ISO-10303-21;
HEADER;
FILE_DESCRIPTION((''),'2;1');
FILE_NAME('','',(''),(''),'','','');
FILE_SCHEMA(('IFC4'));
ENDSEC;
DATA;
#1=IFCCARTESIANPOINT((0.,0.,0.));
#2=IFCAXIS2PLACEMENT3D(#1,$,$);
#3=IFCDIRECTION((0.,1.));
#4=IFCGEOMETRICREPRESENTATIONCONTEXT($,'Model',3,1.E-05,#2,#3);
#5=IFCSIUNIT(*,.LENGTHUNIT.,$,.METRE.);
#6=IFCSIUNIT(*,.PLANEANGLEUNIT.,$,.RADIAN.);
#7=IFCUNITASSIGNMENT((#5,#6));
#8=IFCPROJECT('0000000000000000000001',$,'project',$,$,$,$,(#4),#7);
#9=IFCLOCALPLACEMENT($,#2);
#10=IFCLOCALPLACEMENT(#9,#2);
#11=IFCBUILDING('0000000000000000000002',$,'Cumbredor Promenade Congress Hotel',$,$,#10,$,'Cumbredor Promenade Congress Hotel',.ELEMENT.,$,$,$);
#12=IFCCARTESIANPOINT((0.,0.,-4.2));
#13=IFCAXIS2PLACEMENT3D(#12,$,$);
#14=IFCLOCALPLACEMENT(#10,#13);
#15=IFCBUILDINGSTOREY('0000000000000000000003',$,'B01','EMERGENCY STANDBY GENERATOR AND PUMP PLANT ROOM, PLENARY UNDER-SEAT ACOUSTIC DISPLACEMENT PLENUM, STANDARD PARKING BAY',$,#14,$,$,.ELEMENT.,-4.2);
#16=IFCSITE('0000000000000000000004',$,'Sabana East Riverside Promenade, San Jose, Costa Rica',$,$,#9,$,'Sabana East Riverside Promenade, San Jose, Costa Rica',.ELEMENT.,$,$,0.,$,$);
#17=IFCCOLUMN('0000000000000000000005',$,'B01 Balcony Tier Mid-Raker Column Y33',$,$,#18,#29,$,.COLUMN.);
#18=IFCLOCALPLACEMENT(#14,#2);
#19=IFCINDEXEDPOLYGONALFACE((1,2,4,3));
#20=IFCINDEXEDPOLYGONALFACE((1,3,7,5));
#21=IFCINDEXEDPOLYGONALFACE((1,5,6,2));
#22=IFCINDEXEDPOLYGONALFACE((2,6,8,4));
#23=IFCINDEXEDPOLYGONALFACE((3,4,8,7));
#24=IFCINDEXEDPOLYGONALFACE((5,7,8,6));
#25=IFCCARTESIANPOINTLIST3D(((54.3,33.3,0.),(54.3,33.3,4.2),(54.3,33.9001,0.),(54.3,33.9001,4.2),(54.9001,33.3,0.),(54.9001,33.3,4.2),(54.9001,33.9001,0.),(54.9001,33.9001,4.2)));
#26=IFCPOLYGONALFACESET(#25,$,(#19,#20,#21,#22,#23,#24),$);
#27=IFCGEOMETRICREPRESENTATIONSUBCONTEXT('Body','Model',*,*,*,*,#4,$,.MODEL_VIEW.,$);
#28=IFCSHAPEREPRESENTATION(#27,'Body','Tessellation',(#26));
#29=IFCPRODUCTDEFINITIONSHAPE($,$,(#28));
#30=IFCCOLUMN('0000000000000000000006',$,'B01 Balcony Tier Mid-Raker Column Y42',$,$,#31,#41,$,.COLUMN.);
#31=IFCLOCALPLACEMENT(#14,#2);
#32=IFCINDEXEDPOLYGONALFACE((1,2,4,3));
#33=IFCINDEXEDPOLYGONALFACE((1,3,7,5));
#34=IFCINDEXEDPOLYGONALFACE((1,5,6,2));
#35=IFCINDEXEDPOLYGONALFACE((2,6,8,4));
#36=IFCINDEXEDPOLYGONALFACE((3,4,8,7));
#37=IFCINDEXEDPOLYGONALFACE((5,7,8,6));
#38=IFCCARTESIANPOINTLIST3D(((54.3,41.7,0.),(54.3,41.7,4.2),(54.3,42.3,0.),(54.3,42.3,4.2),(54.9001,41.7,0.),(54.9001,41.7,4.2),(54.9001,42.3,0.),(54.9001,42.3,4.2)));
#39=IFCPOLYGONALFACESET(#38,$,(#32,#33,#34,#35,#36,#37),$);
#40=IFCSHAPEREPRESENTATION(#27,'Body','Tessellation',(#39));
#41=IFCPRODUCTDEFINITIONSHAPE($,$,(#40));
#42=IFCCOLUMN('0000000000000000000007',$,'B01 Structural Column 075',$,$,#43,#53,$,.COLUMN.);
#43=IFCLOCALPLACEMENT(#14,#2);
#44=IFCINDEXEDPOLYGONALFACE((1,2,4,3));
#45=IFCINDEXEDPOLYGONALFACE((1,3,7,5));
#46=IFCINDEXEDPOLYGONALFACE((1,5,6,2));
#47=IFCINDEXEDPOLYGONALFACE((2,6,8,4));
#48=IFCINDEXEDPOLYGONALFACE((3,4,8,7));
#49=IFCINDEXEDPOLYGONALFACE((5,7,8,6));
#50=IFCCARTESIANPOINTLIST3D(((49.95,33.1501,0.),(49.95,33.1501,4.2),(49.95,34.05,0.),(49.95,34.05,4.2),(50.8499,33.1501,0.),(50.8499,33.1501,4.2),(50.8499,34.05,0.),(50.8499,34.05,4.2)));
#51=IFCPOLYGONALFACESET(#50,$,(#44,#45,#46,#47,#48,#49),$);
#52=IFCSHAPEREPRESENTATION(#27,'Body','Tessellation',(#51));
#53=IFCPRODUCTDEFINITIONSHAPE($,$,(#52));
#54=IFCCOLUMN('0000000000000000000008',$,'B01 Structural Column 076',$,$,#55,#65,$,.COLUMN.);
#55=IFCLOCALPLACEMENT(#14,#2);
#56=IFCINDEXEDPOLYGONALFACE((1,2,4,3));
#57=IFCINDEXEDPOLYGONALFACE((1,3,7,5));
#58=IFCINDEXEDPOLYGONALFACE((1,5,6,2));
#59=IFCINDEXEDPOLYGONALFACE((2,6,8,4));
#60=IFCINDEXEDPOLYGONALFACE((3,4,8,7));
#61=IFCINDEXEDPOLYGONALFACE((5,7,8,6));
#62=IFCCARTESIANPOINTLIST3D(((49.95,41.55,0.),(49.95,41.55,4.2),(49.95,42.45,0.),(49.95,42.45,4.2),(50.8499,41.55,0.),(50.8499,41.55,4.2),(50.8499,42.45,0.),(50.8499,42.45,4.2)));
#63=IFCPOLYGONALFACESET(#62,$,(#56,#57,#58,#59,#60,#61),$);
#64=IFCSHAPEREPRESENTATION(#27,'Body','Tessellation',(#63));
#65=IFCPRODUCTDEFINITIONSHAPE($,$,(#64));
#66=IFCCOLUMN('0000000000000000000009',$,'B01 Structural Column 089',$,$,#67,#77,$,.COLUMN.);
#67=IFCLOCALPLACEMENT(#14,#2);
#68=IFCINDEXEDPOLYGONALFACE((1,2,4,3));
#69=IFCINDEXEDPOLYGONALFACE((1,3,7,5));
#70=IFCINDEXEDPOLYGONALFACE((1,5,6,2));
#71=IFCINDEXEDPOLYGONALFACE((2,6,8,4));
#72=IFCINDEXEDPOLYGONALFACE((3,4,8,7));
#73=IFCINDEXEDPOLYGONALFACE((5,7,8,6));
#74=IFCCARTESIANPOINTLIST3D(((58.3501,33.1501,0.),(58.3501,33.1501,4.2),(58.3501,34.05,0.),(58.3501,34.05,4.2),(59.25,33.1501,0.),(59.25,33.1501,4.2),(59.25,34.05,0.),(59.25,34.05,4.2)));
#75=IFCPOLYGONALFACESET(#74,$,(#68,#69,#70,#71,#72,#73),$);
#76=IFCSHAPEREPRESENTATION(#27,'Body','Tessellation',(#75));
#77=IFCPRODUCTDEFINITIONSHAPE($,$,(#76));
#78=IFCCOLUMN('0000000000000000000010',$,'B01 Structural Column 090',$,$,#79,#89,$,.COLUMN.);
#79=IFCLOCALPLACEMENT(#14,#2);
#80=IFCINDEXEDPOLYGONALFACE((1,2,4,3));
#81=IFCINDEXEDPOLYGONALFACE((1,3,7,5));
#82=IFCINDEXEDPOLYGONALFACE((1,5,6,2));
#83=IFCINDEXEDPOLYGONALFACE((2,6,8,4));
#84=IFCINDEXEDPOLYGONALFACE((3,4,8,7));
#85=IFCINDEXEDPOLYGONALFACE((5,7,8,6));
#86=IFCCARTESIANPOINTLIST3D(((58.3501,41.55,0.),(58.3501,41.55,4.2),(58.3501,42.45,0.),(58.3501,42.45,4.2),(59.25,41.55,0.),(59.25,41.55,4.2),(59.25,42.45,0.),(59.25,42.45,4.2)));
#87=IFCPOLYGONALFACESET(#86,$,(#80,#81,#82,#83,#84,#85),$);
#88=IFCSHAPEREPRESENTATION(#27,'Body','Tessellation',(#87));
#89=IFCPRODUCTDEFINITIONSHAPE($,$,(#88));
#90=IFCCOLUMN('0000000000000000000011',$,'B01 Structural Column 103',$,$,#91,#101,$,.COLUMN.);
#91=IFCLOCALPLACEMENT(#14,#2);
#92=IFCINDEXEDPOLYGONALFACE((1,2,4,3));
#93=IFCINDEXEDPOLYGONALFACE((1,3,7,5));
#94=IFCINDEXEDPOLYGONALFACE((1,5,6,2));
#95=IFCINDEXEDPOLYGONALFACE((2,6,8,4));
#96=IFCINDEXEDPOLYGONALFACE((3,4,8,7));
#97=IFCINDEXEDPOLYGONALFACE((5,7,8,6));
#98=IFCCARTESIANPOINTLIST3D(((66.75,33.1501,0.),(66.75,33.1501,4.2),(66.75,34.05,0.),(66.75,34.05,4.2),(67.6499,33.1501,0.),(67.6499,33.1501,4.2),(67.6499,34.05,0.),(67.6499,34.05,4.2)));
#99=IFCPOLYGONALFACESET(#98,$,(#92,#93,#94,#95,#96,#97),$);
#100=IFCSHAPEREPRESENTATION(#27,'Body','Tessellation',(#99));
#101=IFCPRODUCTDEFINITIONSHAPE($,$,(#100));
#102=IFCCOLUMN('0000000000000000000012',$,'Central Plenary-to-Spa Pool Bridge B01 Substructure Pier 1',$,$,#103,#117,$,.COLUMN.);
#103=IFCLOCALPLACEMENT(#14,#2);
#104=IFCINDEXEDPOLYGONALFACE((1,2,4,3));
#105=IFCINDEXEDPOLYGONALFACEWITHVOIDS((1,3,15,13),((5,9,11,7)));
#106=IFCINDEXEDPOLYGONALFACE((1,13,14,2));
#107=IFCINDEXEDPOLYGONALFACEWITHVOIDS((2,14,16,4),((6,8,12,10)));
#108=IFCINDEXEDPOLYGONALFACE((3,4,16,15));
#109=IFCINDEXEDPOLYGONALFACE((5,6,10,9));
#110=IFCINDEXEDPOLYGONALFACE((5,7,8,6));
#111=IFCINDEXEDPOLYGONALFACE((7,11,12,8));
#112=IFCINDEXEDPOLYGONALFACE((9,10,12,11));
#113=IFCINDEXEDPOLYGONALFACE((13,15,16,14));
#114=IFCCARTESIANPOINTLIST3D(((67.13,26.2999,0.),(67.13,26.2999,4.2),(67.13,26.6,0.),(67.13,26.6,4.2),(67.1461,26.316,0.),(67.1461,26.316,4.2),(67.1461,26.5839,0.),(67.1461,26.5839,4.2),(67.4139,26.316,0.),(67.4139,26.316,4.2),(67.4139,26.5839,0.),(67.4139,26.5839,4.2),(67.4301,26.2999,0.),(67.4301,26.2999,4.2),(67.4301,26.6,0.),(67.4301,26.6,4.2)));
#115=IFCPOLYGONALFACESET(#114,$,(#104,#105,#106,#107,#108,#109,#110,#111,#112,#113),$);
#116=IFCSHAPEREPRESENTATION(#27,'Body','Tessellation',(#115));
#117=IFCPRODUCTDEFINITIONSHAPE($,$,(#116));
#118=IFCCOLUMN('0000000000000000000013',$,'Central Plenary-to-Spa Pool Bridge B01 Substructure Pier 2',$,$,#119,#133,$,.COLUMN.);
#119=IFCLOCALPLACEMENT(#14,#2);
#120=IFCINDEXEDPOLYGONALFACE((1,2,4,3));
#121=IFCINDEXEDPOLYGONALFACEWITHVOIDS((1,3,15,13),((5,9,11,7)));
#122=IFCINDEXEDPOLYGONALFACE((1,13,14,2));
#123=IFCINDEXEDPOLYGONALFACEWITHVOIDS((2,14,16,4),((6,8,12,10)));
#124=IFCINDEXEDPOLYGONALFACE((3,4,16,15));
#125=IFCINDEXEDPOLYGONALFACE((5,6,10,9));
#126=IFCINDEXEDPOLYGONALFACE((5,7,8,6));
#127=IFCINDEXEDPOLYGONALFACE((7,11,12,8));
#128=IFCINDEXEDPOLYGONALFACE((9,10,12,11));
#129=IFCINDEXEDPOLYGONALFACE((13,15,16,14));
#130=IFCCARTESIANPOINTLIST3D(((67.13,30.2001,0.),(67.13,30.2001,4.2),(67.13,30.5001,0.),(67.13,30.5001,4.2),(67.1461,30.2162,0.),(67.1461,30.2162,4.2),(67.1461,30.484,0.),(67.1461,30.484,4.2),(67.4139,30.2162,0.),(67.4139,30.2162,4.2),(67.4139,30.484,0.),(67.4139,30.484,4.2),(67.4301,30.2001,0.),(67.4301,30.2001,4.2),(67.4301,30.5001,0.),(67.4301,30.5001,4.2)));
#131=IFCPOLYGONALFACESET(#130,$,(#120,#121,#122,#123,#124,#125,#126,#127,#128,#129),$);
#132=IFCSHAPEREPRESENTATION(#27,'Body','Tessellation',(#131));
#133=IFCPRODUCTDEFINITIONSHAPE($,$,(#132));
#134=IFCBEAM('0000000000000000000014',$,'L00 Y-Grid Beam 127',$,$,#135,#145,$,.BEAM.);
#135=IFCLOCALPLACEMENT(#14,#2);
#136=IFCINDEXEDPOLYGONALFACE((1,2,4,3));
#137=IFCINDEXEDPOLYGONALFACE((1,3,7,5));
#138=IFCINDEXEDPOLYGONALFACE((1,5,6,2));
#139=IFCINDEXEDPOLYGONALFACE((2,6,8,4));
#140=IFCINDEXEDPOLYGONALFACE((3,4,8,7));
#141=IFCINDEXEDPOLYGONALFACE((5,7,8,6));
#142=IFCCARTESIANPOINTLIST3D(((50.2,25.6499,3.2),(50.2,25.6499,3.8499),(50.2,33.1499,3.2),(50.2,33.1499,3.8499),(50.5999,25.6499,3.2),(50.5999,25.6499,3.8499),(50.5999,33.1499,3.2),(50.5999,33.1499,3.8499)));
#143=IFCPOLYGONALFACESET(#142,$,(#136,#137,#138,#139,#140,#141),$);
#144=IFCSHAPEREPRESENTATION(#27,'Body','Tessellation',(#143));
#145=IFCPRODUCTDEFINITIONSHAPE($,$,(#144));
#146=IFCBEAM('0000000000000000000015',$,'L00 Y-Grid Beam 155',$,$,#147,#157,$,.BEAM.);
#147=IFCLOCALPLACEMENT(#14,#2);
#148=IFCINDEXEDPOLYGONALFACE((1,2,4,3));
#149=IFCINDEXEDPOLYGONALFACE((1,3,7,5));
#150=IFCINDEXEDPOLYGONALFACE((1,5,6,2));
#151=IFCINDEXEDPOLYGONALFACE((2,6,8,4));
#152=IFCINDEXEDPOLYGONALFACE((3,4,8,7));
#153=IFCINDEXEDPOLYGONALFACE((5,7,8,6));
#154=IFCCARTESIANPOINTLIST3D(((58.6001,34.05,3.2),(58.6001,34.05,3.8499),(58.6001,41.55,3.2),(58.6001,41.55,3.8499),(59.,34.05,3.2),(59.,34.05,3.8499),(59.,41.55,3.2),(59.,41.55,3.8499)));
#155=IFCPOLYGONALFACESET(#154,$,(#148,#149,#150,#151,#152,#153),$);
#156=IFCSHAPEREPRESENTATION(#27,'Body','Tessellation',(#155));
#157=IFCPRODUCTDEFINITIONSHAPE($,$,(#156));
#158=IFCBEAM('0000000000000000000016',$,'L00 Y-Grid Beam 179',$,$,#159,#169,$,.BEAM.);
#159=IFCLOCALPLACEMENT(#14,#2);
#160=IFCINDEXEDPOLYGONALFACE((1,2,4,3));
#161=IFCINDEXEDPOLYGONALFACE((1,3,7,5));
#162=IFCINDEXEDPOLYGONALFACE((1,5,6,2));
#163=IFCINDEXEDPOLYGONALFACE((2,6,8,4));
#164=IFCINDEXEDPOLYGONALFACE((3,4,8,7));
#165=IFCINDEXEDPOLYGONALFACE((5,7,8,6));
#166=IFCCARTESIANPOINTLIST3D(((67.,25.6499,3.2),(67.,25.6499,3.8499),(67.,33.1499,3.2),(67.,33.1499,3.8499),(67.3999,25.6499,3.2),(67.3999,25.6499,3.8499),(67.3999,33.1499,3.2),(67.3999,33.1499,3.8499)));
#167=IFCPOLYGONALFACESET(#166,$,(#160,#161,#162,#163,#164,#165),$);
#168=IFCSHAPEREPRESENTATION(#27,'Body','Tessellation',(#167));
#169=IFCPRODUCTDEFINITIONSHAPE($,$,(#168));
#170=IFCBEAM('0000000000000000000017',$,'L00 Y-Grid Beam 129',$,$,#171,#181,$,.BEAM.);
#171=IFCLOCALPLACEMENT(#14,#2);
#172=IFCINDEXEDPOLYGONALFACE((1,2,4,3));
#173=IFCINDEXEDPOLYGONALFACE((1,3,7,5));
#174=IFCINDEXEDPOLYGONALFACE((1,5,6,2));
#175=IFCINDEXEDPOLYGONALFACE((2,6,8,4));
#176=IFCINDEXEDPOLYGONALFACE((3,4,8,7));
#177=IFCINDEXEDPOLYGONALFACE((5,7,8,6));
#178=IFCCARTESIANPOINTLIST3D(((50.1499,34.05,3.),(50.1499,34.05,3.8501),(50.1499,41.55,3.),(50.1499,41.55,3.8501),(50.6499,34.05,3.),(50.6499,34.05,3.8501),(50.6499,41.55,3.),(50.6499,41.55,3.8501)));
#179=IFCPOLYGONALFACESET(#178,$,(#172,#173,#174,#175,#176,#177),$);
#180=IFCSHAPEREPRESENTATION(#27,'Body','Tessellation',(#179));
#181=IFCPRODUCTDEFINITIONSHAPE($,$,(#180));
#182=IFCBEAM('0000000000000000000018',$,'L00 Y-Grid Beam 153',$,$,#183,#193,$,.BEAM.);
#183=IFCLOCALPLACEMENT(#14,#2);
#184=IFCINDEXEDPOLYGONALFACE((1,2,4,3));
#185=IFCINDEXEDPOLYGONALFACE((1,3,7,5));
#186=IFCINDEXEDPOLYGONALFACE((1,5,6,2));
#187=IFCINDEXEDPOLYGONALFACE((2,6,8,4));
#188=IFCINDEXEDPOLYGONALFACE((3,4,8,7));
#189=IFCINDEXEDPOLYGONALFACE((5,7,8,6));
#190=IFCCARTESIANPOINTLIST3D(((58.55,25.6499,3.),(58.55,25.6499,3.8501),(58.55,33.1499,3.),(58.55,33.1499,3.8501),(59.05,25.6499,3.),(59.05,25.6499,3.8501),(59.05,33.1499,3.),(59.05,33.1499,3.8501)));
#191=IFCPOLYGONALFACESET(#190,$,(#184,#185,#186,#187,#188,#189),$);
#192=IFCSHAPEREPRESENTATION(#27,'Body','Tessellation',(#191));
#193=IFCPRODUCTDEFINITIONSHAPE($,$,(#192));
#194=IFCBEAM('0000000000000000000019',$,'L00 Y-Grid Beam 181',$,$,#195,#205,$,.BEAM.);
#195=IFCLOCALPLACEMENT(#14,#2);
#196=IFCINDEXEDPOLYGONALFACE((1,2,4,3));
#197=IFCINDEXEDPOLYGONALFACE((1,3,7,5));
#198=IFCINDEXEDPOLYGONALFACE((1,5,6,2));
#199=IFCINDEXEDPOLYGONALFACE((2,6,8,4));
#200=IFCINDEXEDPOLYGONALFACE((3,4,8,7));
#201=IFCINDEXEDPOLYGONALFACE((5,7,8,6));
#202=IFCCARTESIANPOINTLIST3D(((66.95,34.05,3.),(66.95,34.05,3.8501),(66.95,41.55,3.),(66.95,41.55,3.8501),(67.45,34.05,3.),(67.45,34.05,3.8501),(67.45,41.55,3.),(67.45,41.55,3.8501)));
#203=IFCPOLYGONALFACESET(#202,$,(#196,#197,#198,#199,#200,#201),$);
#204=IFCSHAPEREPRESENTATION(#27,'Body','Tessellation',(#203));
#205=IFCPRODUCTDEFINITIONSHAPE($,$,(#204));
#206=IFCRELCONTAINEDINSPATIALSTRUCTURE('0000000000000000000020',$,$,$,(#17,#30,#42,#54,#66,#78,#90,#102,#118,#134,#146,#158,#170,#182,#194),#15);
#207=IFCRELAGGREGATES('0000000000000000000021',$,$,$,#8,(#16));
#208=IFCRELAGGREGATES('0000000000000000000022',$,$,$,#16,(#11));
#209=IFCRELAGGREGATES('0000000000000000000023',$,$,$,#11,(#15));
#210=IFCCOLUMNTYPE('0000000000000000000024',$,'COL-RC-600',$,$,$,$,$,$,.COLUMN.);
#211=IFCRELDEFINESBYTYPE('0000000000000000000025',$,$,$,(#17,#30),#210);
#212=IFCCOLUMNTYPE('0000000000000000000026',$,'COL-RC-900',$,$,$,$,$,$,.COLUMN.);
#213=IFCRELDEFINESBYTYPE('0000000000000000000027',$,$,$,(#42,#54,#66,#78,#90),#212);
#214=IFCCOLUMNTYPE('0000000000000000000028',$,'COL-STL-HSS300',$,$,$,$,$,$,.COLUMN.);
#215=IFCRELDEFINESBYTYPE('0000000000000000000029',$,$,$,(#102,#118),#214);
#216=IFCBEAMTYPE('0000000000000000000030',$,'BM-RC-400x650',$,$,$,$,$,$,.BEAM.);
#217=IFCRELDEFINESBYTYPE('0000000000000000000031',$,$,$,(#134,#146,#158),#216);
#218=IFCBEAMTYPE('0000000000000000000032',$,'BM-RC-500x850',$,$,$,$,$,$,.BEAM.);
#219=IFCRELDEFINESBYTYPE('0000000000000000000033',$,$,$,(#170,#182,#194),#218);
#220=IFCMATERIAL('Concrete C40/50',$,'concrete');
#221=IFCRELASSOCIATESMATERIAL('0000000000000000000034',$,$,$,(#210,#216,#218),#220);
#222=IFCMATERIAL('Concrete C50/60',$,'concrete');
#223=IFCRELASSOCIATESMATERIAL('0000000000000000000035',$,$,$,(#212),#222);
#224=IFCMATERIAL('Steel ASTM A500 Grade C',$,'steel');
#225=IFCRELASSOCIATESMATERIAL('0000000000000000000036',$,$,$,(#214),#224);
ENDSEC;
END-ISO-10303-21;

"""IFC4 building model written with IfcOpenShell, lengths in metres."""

from ifc_helpers import new_model, si_unit, direction, frame, origin, origin_2d, place, context, subcontext, project, spatial, rectangle, hollow_rectangle, extrude, material, material_profile, profile_set, type_object, element, save


model = new_model("IFC4")

# Units and contexts
model_context = context("Model", 3, precision=1e-05, world=origin(), true_north=direction((0.0, 1.0)))
body_context = subcontext(model_context, "Body", "Model", "MODEL_VIEW")
ifc_project = project(units=[si_unit("LENGTHUNIT", "METRE"), si_unit("PLANEANGLEUNIT", "RADIAN")], contexts=[model_context])

# Site, building, storey
site_placement = place(None, origin())
site = spatial("IfcSite", under=ifc_project, at=site_placement, Name="Sabana East Riverside Promenade, San Jose, Costa Rica", LongName="Sabana East Riverside Promenade, San Jose, Costa Rica", CompositionType="ELEMENT", RefElevation=0.0)
building_placement = place(site_placement, origin())
building = spatial("IfcBuilding", under=site, at=building_placement, Name="Cumbredor Promenade Congress Hotel", LongName="Cumbredor Promenade Congress Hotel", CompositionType="ELEMENT")
storey_placement = place(building_placement, frame((0.0, 0.0, -4.2)))
storey = spatial("IfcBuildingStorey", under=building, at=storey_placement, Name="B01", Description="EMERGENCY STANDBY GENERATOR AND PUMP PLANT ROOM, PLENARY UNDER-SEAT ACOUSTIC DISPLACEMENT PLENUM, STANDARD PARKING BAY", CompositionType="ELEMENT", Elevation=-4.2)

# Columns
ifc_material_1 = material(Name="Concrete C40/50", Category="concrete")
ifc_material_profile_1 = material_profile(ifc_material_1, rectangle(XDim=0.6001, YDim=0.6001, at=origin_2d()), Name="RC 600x600")
ifc_profile_set_1 = profile_set([ifc_material_profile_1], Name="Concrete C40/50")
column_type_1 = type_object("IfcColumnType", Name="COL-RC-600", PredefinedType="COLUMN", material=ifc_profile_set_1)
for number, where, z_axis, x_axis, name in (
    (1, (54.6001, 33.6001, 0.0), (0.0, 0.0, 1.0), (1.0, 0.0, 0.0), "B01 Balcony Tier Mid-Raker Column Y33"),
    (2, (54.6001, 42.0, 0.0), (0.0, 0.0, 1.0), (1.0, 0.0, 0.0), "B01 Balcony Tier Mid-Raker Column Y42"),
):
    element("IfcColumn", number, at=place(storey_placement, frame(where, z_axis=z_axis, x_axis=x_axis)), inside=storey, type_object=column_type_1, Name=name, PredefinedType="COLUMN", context=body_context, shape_type="SweptSolid", body=[
        extrude(rectangle(XDim=0.6001, YDim=0.6001, at=origin_2d()), origin(), (0.0, 0.0, 1.0), 4.2),
    ])
ifc_material_2 = material(Name="Concrete C50/60", Category="concrete")
ifc_material_profile_2 = material_profile(ifc_material_2, rectangle(XDim=0.8999, YDim=0.8999, at=origin_2d()), Name="RC 900x900")
ifc_profile_set_2 = profile_set([ifc_material_profile_2], Name="Concrete C50/60")
column_type_2 = type_object("IfcColumnType", Name="COL-RC-900", PredefinedType="COLUMN", material=ifc_profile_set_2)
for number, where, z_axis, x_axis, name in (
    (3, (50.3999, 33.6001, 0.0), (0.0, 0.0, 1.0), (1.0, 0.0, 0.0), "B01 Structural Column 075"),
    (4, (50.3999, 42.0, 0.0), (0.0, 0.0, 1.0), (1.0, 0.0, 0.0), "B01 Structural Column 076"),
    (5, (58.8, 33.6001, 0.0), (0.0, 0.0, 1.0), (1.0, 0.0, 0.0), "B01 Structural Column 089"),
    (6, (58.8, 42.0, 0.0), (0.0, 0.0, 1.0), (1.0, 0.0, 0.0), "B01 Structural Column 090"),
    (7, (67.2, 33.6001, 0.0), (0.0, 0.0, 1.0), (1.0, 0.0, 0.0), "B01 Structural Column 103"),
):
    element("IfcColumn", number, at=place(storey_placement, frame(where, z_axis=z_axis, x_axis=x_axis)), inside=storey, type_object=column_type_2, Name=name, PredefinedType="COLUMN", context=body_context, shape_type="SweptSolid", body=[
        extrude(rectangle(XDim=0.8999, YDim=0.8999, at=origin_2d()), origin(), (0.0, 0.0, 1.0), 4.2),
    ])
ifc_material_3 = material(Name="Steel ASTM A500 Grade C", Category="steel")
ifc_material_profile_3 = material_profile(ifc_material_3, hollow_rectangle(XDim=0.3, YDim=0.3, WallThickness=0.0161, at=origin_2d()), Name="HSS 300x300x16")
ifc_profile_set_3 = profile_set([ifc_material_profile_3], Name="Steel ASTM A500 Grade C")
column_type_3 = type_object("IfcColumnType", Name="COL-STL-HSS300", PredefinedType="COLUMN", material=ifc_profile_set_3)
for number, where, z_axis, x_axis, name in (
    (8, (67.28, 26.45, 0.0), (0.0, 0.0, 1.0), (1.0, 0.0, 0.0), "Central Plenary-to-Spa Pool Bridge B01 Substructure Pier 1"),
    (9, (67.28, 30.3501, 0.0), (0.0, 0.0, 1.0), (1.0, 0.0, 0.0), "Central Plenary-to-Spa Pool Bridge B01 Substructure Pier 2"),
):
    element("IfcColumn", number, at=place(storey_placement, frame(where, z_axis=z_axis, x_axis=x_axis)), inside=storey, type_object=column_type_3, Name=name, PredefinedType="COLUMN", context=body_context, shape_type="SweptSolid", body=[
        extrude(hollow_rectangle(XDim=0.3, YDim=0.3, WallThickness=0.0161, at=origin_2d()), origin(), (0.0, 0.0, 1.0), 4.2),
    ])

# Beams
ifc_material_profile_4 = material_profile(ifc_material_1, rectangle(XDim=0.3999, YDim=0.6499, at=origin_2d()), Name="RC BEAM 400x650")
ifc_profile_set_4 = profile_set([ifc_material_profile_4], Name="Concrete C40/50")
beam_type_1 = type_object("IfcBeamType", Name="BM-RC-400x650", PredefinedType="BEAM", material=ifc_profile_set_4)
for number, where, z_axis, x_axis, name in (
    (10, (50.3999, 25.6499, 3.5249), (0.0, 1.0, 0.0), (-1.0, 0.0, 0.0), "L00 Y-Grid Beam 127"),
    (11, (58.8, 34.05, 3.5249), (0.0, 1.0, 0.0), (-1.0, 0.0, 0.0), "L00 Y-Grid Beam 155"),
    (12, (67.2, 25.6499, 3.5249), (0.0, 1.0, 0.0), (-1.0, 0.0, 0.0), "L00 Y-Grid Beam 179"),
):
    element("IfcBeam", number, at=place(storey_placement, frame(where, z_axis=z_axis, x_axis=x_axis)), inside=storey, type_object=beam_type_1, Name=name, PredefinedType="BEAM", context=body_context, shape_type="SweptSolid", body=[
        extrude(rectangle(XDim=0.3999, YDim=0.6499, at=origin_2d()), origin(), (0.0, 0.0, 1.0), 7.5),
    ])
ifc_material_profile_5 = material_profile(ifc_material_1, rectangle(XDim=0.5, YDim=0.8501, at=origin_2d()), Name="RC BEAM 500x850")
ifc_profile_set_5 = profile_set([ifc_material_profile_5], Name="Concrete C40/50")
beam_type_2 = type_object("IfcBeamType", Name="BM-RC-500x850", PredefinedType="BEAM", material=ifc_profile_set_5)
for number, where, z_axis, x_axis, name in (
    (13, (50.3999, 34.05, 3.425), (0.0, 1.0, 0.0), (-1.0, 0.0, 0.0), "L00 Y-Grid Beam 129"),
    (14, (58.8, 25.6499, 3.425), (0.0, 1.0, 0.0), (-1.0, 0.0, 0.0), "L00 Y-Grid Beam 153"),
    (15, (67.2, 34.05, 3.425), (0.0, 1.0, 0.0), (-1.0, 0.0, 0.0), "L00 Y-Grid Beam 181"),
):
    element("IfcBeam", number, at=place(storey_placement, frame(where, z_axis=z_axis, x_axis=x_axis)), inside=storey, type_object=beam_type_2, Name=name, PredefinedType="BEAM", context=body_context, shape_type="SweptSolid", body=[
        extrude(rectangle(XDim=0.5, YDim=0.8501, at=origin_2d()), origin(), (0.0, 0.0, 1.0), 7.5),
    ])

save(model, "model.ifc")
